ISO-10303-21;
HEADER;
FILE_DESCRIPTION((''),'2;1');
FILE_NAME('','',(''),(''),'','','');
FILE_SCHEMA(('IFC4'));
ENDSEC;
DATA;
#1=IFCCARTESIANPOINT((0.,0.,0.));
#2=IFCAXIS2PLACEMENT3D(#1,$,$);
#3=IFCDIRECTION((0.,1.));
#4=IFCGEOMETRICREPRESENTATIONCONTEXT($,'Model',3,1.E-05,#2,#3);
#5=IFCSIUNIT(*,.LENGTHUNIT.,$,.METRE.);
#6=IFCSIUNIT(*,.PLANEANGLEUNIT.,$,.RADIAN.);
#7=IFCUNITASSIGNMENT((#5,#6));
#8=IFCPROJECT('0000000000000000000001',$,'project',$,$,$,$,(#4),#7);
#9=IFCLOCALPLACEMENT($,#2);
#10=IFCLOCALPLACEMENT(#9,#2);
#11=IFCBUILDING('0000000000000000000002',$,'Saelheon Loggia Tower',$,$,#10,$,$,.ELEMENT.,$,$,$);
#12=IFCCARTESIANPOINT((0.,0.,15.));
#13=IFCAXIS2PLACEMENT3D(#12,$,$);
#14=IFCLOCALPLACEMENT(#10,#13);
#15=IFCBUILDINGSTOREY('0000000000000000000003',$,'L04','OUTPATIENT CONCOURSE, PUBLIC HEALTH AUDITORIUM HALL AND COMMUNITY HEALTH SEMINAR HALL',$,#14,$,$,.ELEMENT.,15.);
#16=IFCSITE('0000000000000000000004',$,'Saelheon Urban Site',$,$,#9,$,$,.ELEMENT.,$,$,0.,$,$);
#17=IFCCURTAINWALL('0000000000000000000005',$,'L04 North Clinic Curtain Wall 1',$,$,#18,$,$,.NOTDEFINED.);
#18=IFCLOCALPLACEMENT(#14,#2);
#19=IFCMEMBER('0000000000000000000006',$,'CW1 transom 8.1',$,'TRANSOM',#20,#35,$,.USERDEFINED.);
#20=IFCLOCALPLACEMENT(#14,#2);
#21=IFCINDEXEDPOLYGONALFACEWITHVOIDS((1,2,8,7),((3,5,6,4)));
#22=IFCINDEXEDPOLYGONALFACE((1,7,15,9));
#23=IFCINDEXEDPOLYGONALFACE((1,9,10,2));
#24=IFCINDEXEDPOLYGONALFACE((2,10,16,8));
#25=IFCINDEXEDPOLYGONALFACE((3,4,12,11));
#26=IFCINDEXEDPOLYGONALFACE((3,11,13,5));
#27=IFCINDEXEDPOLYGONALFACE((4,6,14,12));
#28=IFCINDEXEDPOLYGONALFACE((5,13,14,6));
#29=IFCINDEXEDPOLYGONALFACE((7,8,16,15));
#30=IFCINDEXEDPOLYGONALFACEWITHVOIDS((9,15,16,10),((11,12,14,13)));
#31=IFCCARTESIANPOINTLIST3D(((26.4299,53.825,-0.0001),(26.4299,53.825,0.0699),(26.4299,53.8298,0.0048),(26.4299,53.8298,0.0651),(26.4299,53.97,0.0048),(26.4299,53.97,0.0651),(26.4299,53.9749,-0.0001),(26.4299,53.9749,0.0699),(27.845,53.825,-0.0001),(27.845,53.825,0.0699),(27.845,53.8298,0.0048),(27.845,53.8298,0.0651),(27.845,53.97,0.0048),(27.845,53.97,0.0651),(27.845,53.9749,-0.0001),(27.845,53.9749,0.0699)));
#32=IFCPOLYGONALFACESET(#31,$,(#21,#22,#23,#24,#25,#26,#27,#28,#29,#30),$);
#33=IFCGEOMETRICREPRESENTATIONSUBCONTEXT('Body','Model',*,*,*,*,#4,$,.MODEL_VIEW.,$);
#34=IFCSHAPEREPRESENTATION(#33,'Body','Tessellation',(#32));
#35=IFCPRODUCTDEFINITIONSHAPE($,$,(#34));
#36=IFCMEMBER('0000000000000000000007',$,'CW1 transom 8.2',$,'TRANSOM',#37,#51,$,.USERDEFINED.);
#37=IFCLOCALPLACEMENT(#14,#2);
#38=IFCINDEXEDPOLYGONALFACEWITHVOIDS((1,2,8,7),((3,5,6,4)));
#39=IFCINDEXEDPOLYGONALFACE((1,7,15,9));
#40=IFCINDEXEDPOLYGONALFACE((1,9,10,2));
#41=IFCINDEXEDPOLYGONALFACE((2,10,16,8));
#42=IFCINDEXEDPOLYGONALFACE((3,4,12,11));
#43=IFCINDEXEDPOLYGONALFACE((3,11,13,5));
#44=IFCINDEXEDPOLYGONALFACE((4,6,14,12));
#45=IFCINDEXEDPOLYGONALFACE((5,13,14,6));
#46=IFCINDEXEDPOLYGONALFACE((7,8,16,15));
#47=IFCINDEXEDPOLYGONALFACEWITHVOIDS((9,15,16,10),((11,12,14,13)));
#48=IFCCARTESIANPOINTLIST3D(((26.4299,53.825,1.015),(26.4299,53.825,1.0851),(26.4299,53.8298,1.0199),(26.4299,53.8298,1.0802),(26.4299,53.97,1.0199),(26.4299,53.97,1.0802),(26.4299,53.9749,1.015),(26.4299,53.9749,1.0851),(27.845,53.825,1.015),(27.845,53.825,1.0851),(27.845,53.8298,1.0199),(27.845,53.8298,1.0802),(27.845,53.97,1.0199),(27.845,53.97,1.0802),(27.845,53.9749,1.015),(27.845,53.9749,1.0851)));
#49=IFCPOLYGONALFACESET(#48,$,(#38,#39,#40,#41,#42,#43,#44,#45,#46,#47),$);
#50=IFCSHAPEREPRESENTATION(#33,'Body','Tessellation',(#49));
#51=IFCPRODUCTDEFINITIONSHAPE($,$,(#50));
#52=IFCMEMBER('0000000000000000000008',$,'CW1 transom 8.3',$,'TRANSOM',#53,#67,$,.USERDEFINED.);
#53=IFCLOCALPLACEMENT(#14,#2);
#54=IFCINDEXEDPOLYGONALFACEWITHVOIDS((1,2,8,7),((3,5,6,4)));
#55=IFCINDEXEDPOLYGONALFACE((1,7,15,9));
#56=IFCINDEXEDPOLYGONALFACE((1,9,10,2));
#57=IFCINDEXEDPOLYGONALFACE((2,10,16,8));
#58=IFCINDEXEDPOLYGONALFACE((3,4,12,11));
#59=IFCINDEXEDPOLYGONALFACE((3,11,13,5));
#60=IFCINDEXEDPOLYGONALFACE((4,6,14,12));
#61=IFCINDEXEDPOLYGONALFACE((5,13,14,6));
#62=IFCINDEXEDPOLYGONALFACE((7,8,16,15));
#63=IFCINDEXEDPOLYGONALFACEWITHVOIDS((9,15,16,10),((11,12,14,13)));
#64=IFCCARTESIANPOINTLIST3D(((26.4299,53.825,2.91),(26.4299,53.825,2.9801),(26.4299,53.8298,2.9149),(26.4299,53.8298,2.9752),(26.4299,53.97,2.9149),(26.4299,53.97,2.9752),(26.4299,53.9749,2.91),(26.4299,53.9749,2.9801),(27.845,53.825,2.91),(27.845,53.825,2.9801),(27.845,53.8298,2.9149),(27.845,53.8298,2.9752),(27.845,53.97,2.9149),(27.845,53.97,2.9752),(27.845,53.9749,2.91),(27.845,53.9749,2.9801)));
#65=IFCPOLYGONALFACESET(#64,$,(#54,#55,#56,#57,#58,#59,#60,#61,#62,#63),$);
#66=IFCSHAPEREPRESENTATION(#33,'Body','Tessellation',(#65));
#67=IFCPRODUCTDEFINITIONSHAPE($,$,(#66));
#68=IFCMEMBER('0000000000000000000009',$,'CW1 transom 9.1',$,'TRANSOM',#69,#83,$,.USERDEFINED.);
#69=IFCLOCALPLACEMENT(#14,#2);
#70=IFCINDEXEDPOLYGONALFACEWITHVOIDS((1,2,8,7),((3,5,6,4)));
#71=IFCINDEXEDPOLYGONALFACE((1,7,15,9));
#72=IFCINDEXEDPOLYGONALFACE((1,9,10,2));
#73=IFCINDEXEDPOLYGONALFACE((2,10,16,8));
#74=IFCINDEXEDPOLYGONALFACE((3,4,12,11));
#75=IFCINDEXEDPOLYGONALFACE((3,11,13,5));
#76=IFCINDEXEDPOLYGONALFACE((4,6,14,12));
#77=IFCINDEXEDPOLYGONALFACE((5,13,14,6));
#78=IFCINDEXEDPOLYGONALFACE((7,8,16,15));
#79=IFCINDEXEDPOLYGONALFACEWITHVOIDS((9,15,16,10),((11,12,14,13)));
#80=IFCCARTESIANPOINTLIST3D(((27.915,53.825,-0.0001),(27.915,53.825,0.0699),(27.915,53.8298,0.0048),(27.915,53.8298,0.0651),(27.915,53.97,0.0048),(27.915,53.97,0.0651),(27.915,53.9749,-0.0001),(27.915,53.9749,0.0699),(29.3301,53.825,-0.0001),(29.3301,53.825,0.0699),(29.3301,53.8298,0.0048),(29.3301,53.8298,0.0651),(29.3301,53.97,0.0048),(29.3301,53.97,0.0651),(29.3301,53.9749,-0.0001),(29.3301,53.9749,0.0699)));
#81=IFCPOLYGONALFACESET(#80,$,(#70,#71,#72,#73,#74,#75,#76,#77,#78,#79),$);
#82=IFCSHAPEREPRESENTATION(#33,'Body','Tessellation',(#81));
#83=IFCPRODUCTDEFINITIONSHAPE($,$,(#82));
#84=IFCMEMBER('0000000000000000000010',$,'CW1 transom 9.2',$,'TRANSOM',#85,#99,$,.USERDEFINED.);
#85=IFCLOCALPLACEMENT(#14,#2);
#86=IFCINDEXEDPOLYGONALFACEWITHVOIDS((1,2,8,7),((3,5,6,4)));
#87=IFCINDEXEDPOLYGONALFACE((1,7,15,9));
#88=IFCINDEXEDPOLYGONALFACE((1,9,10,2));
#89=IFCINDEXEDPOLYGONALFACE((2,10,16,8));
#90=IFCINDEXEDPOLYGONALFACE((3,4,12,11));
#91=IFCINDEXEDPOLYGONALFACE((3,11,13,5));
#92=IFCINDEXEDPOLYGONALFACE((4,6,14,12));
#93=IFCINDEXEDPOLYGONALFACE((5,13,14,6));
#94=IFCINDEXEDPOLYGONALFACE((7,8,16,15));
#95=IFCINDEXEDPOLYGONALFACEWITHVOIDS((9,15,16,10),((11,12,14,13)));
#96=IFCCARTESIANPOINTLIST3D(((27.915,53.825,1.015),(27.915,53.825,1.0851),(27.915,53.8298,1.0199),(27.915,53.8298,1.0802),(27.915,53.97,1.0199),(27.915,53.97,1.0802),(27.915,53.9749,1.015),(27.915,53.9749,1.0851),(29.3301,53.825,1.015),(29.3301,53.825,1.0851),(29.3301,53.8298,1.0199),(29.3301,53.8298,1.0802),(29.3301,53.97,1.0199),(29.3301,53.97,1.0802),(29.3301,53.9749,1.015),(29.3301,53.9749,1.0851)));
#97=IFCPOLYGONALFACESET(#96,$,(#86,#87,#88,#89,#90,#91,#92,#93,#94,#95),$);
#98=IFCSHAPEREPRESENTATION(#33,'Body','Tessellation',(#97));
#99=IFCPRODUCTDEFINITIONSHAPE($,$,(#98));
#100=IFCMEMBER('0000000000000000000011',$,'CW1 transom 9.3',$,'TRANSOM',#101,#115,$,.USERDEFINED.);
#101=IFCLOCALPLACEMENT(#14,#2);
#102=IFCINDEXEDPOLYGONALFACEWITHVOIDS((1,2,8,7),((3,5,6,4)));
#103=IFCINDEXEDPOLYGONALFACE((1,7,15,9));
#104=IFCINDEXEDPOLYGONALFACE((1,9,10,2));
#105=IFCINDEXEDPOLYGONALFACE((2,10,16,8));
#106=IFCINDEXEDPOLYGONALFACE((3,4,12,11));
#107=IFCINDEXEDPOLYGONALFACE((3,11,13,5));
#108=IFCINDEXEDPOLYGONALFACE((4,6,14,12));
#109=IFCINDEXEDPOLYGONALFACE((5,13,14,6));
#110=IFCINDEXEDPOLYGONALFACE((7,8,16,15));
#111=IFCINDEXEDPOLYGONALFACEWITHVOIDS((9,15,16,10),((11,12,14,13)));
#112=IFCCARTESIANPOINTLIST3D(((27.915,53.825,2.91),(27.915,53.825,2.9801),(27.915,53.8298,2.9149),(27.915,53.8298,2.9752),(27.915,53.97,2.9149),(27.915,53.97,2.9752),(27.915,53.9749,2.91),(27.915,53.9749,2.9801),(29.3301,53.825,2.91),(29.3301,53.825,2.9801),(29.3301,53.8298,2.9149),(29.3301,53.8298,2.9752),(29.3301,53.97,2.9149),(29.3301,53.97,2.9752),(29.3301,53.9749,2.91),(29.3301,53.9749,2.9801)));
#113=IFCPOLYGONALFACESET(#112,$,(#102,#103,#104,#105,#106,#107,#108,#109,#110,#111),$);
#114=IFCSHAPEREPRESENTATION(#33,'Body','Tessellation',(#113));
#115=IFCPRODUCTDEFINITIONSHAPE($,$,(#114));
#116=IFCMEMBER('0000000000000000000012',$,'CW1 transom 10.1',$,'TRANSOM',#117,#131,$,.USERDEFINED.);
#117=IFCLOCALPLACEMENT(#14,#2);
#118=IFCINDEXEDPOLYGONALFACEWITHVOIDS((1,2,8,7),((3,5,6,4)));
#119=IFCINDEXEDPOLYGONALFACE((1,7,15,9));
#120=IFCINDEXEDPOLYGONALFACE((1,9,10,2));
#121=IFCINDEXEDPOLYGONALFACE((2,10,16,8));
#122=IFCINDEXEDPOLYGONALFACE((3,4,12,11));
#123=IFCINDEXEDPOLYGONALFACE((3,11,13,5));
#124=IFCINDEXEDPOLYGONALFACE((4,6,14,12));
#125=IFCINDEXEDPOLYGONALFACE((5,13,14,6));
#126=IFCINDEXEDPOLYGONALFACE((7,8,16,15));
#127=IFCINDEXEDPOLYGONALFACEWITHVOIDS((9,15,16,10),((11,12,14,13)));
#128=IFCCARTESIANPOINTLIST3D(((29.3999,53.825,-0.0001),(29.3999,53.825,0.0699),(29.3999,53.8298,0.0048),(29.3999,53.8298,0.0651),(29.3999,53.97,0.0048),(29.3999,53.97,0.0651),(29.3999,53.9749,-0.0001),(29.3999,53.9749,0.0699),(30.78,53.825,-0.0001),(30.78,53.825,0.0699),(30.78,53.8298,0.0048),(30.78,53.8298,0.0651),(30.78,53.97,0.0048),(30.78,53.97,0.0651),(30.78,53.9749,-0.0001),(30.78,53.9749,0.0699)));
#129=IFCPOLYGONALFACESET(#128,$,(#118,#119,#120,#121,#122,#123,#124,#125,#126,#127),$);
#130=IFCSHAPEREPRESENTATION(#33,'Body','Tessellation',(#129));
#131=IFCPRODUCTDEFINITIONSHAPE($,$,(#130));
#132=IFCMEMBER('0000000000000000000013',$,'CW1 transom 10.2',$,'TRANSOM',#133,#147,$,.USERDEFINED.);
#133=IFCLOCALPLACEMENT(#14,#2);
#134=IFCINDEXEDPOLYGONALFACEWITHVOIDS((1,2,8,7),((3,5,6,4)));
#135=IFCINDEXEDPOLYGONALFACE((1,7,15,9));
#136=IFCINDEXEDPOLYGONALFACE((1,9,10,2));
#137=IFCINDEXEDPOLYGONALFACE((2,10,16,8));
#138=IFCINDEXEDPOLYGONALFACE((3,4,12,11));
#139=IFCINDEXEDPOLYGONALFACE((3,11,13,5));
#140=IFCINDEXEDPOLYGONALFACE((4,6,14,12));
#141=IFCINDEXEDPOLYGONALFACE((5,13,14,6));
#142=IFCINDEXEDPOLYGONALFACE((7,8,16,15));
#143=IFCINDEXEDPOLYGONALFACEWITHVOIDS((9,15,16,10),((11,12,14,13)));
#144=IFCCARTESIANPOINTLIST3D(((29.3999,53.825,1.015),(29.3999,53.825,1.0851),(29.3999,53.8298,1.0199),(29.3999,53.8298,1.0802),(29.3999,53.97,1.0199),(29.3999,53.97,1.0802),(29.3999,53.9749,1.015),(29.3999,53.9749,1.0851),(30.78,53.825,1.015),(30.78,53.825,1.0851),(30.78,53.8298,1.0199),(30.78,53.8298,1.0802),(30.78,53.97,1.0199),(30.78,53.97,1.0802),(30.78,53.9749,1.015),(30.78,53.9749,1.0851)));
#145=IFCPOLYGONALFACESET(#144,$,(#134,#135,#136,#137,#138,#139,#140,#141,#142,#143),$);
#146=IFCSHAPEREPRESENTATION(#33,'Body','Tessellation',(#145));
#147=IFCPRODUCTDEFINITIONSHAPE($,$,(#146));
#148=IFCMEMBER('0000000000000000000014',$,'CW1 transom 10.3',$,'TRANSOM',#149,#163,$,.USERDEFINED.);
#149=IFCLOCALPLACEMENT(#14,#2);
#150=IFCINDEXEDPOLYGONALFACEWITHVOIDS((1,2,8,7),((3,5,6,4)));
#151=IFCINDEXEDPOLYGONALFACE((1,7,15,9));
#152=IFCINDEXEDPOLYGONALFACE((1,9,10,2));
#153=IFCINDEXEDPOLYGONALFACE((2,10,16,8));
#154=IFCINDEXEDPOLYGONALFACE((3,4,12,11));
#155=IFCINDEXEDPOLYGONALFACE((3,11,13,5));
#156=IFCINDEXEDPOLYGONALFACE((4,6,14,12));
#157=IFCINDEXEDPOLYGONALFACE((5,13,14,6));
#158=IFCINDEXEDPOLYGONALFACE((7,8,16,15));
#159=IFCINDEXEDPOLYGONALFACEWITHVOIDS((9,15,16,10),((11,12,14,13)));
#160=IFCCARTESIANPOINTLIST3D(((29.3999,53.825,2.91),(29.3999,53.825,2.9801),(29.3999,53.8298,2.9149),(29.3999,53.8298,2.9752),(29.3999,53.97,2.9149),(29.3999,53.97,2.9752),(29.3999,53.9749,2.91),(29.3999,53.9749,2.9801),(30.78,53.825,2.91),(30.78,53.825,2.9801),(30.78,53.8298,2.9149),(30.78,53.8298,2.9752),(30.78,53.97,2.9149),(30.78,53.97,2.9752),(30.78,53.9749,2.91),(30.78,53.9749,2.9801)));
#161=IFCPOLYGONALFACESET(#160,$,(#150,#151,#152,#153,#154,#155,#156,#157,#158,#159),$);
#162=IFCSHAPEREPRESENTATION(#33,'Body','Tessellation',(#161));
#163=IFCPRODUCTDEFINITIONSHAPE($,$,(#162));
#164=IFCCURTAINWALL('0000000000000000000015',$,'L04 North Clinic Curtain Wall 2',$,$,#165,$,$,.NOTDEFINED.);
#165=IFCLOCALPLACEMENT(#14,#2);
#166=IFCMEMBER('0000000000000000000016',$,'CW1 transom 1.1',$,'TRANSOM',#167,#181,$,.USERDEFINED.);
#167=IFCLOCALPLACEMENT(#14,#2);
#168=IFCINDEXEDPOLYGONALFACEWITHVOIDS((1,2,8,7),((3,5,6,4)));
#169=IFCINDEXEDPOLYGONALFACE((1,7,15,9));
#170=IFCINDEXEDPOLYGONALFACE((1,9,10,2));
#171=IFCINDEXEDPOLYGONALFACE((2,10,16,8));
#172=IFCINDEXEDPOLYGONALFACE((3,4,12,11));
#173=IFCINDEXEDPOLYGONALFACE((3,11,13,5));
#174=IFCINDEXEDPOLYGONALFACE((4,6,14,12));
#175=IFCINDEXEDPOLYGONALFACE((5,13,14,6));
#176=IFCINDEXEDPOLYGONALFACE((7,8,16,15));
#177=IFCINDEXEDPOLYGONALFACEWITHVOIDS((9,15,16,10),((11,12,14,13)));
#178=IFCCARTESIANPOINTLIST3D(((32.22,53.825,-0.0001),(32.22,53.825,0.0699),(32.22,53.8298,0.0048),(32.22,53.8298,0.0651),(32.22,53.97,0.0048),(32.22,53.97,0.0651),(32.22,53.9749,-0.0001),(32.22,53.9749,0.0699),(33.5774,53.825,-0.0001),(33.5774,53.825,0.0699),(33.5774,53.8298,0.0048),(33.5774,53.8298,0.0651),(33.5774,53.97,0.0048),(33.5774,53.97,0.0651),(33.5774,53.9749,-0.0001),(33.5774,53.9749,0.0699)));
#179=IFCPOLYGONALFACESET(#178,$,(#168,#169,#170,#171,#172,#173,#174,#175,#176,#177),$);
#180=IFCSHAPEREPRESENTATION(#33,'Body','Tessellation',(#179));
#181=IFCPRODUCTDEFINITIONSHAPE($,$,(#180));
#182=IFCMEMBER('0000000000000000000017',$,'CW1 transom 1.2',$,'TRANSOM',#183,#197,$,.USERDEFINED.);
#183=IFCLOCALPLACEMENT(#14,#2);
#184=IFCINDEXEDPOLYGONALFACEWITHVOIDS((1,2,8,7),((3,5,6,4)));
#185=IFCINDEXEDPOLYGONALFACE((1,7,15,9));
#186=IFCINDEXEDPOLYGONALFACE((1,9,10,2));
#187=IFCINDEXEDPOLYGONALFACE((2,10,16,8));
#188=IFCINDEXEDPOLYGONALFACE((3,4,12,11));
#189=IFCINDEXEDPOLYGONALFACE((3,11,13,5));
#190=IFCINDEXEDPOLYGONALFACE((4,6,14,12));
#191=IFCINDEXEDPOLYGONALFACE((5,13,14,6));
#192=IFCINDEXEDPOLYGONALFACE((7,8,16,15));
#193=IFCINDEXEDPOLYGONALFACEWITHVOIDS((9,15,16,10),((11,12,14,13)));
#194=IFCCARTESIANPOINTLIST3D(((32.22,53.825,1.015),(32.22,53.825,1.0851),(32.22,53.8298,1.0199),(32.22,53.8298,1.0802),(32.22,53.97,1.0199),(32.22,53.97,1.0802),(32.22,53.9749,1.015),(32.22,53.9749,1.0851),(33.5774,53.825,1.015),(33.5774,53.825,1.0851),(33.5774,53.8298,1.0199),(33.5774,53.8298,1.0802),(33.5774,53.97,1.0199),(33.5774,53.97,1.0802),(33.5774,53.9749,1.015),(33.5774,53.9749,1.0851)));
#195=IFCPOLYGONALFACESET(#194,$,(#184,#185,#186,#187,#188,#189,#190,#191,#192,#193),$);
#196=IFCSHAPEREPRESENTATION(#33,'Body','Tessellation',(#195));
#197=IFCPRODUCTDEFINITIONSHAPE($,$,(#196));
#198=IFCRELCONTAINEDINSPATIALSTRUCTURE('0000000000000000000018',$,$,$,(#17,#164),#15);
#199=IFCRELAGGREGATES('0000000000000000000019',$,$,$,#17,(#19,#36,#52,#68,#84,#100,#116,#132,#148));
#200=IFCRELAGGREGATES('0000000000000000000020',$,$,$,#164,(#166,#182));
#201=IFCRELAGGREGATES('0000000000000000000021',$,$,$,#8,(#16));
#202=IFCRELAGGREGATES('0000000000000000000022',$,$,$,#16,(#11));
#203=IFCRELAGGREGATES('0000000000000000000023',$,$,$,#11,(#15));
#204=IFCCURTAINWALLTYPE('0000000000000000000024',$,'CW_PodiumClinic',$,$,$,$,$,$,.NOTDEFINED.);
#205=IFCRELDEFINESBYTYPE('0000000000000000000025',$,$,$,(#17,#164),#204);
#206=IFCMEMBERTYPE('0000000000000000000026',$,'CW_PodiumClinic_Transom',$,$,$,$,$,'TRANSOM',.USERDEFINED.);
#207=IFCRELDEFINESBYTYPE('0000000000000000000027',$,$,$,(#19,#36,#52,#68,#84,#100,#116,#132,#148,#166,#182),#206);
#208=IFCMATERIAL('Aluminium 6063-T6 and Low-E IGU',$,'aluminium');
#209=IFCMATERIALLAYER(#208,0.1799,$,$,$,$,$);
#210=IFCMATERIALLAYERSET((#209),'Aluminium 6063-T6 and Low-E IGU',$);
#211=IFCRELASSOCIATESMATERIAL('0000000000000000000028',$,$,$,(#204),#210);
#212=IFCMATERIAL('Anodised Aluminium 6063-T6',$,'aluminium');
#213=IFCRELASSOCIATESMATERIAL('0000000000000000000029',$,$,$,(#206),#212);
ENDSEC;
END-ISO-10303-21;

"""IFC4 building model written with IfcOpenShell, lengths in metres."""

from ifc_helpers import new_model, si_unit, direction, frame, origin, origin_2d, place, context, subcontext, project, spatial, hollow_rectangle, extrude, source, transform, mapped, material, layer, layer_set, material_profile, profile_set, type_object, element, aggregate, save


model = new_model("IFC4")

# Units and contexts
model_context = context("Model", 3, precision=1e-05, world=origin(), true_north=direction((0.0, 1.0)))
body_context = subcontext(model_context, "Body", "Model", "MODEL_VIEW")
ifc_project = project(units=[si_unit("LENGTHUNIT", "METRE"), si_unit("PLANEANGLEUNIT", "RADIAN")], contexts=[model_context])

# Site, building, storey
site_placement = place(None, origin())
site = spatial("IfcSite", under=ifc_project, at=site_placement, Name="Saelheon Urban Site", CompositionType="ELEMENT", RefElevation=0.0)
building_placement = place(site_placement, origin())
building = spatial("IfcBuilding", under=site, at=building_placement, Name="Saelheon Loggia Tower", CompositionType="ELEMENT")
storey_placement = place(building_placement, frame((0.0, 0.0, 15.0)))
storey = spatial("IfcBuildingStorey", under=building, at=storey_placement, Name="L04", Description="OUTPATIENT CONCOURSE, PUBLIC HEALTH AUDITORIUM HALL AND COMMUNITY HEALTH SEMINAR HALL", CompositionType="ELEMENT", Elevation=15.0)

# Curtain walls, members
ifc_material_1 = material(Name="Aluminium 6063-T6 and Low-E IGU", Category="aluminium")
ifc_layer_1 = layer(ifc_material_1, 0.1799)
ifc_layer_set_1 = layer_set([ifc_layer_1], Name="Aluminium 6063-T6 and Low-E IGU")
curtain_wall_type = type_object("IfcCurtainWallType", Name="CW_PodiumClinic", PredefinedType="NOTDEFINED", material=ifc_layer_set_1)
curtain_wall_1_placement = place(storey_placement, origin())
curtain_wall_1 = element("IfcCurtainWall", 1, at=curtain_wall_1_placement, inside=storey, type_object=curtain_wall_type, Name="L04 North Clinic Curtain Wall 1", PredefinedType="NOTDEFINED")
ifc_material_2 = material(Name="Anodised Aluminium 6063-T6", Category="aluminium")
ifc_material_profile_1 = material_profile(ifc_material_2, hollow_rectangle(XDim=0.0701, YDim=0.1499, WallThickness=0.0049, at=origin_2d()), Name="RHS-150x70x5")
ifc_profile_set_1 = profile_set([ifc_material_profile_1], Name="Anodised Aluminium 6063-T6")
member_type_1 = type_object("IfcMemberType", Name="CW_PodiumClinic_Transom", ElementType="TRANSOM", PredefinedType="USERDEFINED", material=ifc_profile_set_1)
shared_shape_1 = source(origin(), body_context, "Body", "SweptSolid", [
    extrude(hollow_rectangle(XDim=0.0701, YDim=0.1499, WallThickness=0.0049, at=origin_2d()), origin(), (0.0, 0.0, 1.0), 1.415),
])
member_1_placement = place(storey_placement, frame((26.4299, 53.8999, 0.0349), z_axis=(1.0, 0.0, 0.0), x_axis=(0.0, 0.0, 1.0)))
member_1 = element("IfcMember", 2, at=member_1_placement, type_object=member_type_1, Name="CW1 transom 8.1", ObjectType="TRANSOM", PredefinedType="USERDEFINED", context=body_context, shape_type="MappedRepresentation", body=[
    mapped(shared_shape_1, transform((0.0, 0.0, 0.0), scale=1.0)),
])
member_2_placement = place(storey_placement, frame((26.4299, 53.8999, 1.05), z_axis=(1.0, 0.0, 0.0), x_axis=(0.0, 0.0, 1.0)))
member_2 = element("IfcMember", 3, at=member_2_placement, type_object=member_type_1, Name="CW1 transom 8.2", ObjectType="TRANSOM", PredefinedType="USERDEFINED", context=body_context, shape_type="MappedRepresentation", body=[
    mapped(shared_shape_1, transform((0.0, 0.0, 0.0), scale=1.0)),
])
member_3_placement = place(storey_placement, frame((26.4299, 53.8999, 2.9451), z_axis=(1.0, 0.0, 0.0), x_axis=(0.0, 0.0, 1.0)))
member_3 = element("IfcMember", 4, at=member_3_placement, type_object=member_type_1, Name="CW1 transom 8.3", ObjectType="TRANSOM", PredefinedType="USERDEFINED", context=body_context, shape_type="MappedRepresentation", body=[
    mapped(shared_shape_1, transform((0.0, 0.0, 0.0), scale=1.0)),
])
member_4_placement = place(storey_placement, frame((27.915, 53.8999, 0.0349), z_axis=(1.0, 0.0, 0.0), x_axis=(0.0, 0.0, 1.0)))
member_4 = element("IfcMember", 5, at=member_4_placement, type_object=member_type_1, Name="CW1 transom 9.1", ObjectType="TRANSOM", PredefinedType="USERDEFINED", context=body_context, shape_type="MappedRepresentation", body=[
    mapped(shared_shape_1, transform((0.0, 0.0, 0.0), scale=1.0)),
])
member_5_placement = place(storey_placement, frame((27.915, 53.8999, 1.05), z_axis=(1.0, 0.0, 0.0), x_axis=(0.0, 0.0, 1.0)))
member_5 = element("IfcMember", 6, at=member_5_placement, type_object=member_type_1, Name="CW1 transom 9.2", ObjectType="TRANSOM", PredefinedType="USERDEFINED", context=body_context, shape_type="MappedRepresentation", body=[
    mapped(shared_shape_1, transform((0.0, 0.0, 0.0), scale=1.0)),
])
member_6_placement = place(storey_placement, frame((27.915, 53.8999, 2.9451), z_axis=(1.0, 0.0, 0.0), x_axis=(0.0, 0.0, 1.0)))
member_6 = element("IfcMember", 7, at=member_6_placement, type_object=member_type_1, Name="CW1 transom 9.3", ObjectType="TRANSOM", PredefinedType="USERDEFINED", context=body_context, shape_type="MappedRepresentation", body=[
    mapped(shared_shape_1, transform((0.0, 0.0, 0.0), scale=1.0)),
])
shared_shape_2 = source(origin(), body_context, "Body", "SweptSolid", [
    extrude(hollow_rectangle(XDim=0.0701, YDim=0.1499, WallThickness=0.0049, at=origin_2d()), origin(), (0.0, 0.0, 1.0), 1.3801),
])
member_7_placement = place(storey_placement, frame((29.3999, 53.8999, 0.0349), z_axis=(1.0, 0.0, 0.0), x_axis=(0.0, 0.0, 1.0)))
member_7 = element("IfcMember", 8, at=member_7_placement, type_object=member_type_1, Name="CW1 transom 10.1", ObjectType="TRANSOM", PredefinedType="USERDEFINED", context=body_context, shape_type="MappedRepresentation", body=[
    mapped(shared_shape_2, transform((0.0, 0.0, 0.0), scale=1.0)),
])
member_8_placement = place(storey_placement, frame((29.3999, 53.8999, 1.05), z_axis=(1.0, 0.0, 0.0), x_axis=(0.0, 0.0, 1.0)))
member_8 = element("IfcMember", 9, at=member_8_placement, type_object=member_type_1, Name="CW1 transom 10.2", ObjectType="TRANSOM", PredefinedType="USERDEFINED", context=body_context, shape_type="MappedRepresentation", body=[
    mapped(shared_shape_2, transform((0.0, 0.0, 0.0), scale=1.0)),
])
member_9_placement = place(storey_placement, frame((29.3999, 53.8999, 2.9451), z_axis=(1.0, 0.0, 0.0), x_axis=(0.0, 0.0, 1.0)))
member_9 = element("IfcMember", 10, at=member_9_placement, type_object=member_type_1, Name="CW1 transom 10.3", ObjectType="TRANSOM", PredefinedType="USERDEFINED", context=body_context, shape_type="MappedRepresentation", body=[
    mapped(shared_shape_2, transform((0.0, 0.0, 0.0), scale=1.0)),
])
curtain_wall_2_placement = place(storey_placement, origin())
curtain_wall_2 = element("IfcCurtainWall", 11, at=curtain_wall_2_placement, inside=storey, type_object=curtain_wall_type, Name="L04 North Clinic Curtain Wall 2", PredefinedType="NOTDEFINED")
shared_shape_3 = source(origin(), body_context, "Body", "SweptSolid", [
    extrude(hollow_rectangle(XDim=0.0701, YDim=0.1499, WallThickness=0.0049, at=origin_2d()), origin(), (0.0, 0.0, 1.0), 1.3574),
])
member_10_placement = place(storey_placement, frame((32.22, 53.8999, 0.0349), z_axis=(1.0, 0.0, 0.0), x_axis=(0.0, 0.0, 1.0)))
member_10 = element("IfcMember", 12, at=member_10_placement, type_object=member_type_1, Name="CW1 transom 1.1", ObjectType="TRANSOM", PredefinedType="USERDEFINED", context=body_context, shape_type="MappedRepresentation", body=[
    mapped(shared_shape_3, transform((0.0, 0.0, 0.0), scale=1.0)),
])
member_11_placement = place(storey_placement, frame((32.22, 53.8999, 1.05), z_axis=(1.0, 0.0, 0.0), x_axis=(0.0, 0.0, 1.0)))
member_11 = element("IfcMember", 13, at=member_11_placement, type_object=member_type_1, Name="CW1 transom 1.2", ObjectType="TRANSOM", PredefinedType="USERDEFINED", context=body_context, shape_type="MappedRepresentation", body=[
    mapped(shared_shape_3, transform((0.0, 0.0, 0.0), scale=1.0)),
])

aggregate(curtain_wall_1, [member_1, member_2, member_3, member_4, member_5, member_6, member_7, member_8, member_9])
aggregate(curtain_wall_2, [member_10, member_11])

save(model, "model.ifc")
